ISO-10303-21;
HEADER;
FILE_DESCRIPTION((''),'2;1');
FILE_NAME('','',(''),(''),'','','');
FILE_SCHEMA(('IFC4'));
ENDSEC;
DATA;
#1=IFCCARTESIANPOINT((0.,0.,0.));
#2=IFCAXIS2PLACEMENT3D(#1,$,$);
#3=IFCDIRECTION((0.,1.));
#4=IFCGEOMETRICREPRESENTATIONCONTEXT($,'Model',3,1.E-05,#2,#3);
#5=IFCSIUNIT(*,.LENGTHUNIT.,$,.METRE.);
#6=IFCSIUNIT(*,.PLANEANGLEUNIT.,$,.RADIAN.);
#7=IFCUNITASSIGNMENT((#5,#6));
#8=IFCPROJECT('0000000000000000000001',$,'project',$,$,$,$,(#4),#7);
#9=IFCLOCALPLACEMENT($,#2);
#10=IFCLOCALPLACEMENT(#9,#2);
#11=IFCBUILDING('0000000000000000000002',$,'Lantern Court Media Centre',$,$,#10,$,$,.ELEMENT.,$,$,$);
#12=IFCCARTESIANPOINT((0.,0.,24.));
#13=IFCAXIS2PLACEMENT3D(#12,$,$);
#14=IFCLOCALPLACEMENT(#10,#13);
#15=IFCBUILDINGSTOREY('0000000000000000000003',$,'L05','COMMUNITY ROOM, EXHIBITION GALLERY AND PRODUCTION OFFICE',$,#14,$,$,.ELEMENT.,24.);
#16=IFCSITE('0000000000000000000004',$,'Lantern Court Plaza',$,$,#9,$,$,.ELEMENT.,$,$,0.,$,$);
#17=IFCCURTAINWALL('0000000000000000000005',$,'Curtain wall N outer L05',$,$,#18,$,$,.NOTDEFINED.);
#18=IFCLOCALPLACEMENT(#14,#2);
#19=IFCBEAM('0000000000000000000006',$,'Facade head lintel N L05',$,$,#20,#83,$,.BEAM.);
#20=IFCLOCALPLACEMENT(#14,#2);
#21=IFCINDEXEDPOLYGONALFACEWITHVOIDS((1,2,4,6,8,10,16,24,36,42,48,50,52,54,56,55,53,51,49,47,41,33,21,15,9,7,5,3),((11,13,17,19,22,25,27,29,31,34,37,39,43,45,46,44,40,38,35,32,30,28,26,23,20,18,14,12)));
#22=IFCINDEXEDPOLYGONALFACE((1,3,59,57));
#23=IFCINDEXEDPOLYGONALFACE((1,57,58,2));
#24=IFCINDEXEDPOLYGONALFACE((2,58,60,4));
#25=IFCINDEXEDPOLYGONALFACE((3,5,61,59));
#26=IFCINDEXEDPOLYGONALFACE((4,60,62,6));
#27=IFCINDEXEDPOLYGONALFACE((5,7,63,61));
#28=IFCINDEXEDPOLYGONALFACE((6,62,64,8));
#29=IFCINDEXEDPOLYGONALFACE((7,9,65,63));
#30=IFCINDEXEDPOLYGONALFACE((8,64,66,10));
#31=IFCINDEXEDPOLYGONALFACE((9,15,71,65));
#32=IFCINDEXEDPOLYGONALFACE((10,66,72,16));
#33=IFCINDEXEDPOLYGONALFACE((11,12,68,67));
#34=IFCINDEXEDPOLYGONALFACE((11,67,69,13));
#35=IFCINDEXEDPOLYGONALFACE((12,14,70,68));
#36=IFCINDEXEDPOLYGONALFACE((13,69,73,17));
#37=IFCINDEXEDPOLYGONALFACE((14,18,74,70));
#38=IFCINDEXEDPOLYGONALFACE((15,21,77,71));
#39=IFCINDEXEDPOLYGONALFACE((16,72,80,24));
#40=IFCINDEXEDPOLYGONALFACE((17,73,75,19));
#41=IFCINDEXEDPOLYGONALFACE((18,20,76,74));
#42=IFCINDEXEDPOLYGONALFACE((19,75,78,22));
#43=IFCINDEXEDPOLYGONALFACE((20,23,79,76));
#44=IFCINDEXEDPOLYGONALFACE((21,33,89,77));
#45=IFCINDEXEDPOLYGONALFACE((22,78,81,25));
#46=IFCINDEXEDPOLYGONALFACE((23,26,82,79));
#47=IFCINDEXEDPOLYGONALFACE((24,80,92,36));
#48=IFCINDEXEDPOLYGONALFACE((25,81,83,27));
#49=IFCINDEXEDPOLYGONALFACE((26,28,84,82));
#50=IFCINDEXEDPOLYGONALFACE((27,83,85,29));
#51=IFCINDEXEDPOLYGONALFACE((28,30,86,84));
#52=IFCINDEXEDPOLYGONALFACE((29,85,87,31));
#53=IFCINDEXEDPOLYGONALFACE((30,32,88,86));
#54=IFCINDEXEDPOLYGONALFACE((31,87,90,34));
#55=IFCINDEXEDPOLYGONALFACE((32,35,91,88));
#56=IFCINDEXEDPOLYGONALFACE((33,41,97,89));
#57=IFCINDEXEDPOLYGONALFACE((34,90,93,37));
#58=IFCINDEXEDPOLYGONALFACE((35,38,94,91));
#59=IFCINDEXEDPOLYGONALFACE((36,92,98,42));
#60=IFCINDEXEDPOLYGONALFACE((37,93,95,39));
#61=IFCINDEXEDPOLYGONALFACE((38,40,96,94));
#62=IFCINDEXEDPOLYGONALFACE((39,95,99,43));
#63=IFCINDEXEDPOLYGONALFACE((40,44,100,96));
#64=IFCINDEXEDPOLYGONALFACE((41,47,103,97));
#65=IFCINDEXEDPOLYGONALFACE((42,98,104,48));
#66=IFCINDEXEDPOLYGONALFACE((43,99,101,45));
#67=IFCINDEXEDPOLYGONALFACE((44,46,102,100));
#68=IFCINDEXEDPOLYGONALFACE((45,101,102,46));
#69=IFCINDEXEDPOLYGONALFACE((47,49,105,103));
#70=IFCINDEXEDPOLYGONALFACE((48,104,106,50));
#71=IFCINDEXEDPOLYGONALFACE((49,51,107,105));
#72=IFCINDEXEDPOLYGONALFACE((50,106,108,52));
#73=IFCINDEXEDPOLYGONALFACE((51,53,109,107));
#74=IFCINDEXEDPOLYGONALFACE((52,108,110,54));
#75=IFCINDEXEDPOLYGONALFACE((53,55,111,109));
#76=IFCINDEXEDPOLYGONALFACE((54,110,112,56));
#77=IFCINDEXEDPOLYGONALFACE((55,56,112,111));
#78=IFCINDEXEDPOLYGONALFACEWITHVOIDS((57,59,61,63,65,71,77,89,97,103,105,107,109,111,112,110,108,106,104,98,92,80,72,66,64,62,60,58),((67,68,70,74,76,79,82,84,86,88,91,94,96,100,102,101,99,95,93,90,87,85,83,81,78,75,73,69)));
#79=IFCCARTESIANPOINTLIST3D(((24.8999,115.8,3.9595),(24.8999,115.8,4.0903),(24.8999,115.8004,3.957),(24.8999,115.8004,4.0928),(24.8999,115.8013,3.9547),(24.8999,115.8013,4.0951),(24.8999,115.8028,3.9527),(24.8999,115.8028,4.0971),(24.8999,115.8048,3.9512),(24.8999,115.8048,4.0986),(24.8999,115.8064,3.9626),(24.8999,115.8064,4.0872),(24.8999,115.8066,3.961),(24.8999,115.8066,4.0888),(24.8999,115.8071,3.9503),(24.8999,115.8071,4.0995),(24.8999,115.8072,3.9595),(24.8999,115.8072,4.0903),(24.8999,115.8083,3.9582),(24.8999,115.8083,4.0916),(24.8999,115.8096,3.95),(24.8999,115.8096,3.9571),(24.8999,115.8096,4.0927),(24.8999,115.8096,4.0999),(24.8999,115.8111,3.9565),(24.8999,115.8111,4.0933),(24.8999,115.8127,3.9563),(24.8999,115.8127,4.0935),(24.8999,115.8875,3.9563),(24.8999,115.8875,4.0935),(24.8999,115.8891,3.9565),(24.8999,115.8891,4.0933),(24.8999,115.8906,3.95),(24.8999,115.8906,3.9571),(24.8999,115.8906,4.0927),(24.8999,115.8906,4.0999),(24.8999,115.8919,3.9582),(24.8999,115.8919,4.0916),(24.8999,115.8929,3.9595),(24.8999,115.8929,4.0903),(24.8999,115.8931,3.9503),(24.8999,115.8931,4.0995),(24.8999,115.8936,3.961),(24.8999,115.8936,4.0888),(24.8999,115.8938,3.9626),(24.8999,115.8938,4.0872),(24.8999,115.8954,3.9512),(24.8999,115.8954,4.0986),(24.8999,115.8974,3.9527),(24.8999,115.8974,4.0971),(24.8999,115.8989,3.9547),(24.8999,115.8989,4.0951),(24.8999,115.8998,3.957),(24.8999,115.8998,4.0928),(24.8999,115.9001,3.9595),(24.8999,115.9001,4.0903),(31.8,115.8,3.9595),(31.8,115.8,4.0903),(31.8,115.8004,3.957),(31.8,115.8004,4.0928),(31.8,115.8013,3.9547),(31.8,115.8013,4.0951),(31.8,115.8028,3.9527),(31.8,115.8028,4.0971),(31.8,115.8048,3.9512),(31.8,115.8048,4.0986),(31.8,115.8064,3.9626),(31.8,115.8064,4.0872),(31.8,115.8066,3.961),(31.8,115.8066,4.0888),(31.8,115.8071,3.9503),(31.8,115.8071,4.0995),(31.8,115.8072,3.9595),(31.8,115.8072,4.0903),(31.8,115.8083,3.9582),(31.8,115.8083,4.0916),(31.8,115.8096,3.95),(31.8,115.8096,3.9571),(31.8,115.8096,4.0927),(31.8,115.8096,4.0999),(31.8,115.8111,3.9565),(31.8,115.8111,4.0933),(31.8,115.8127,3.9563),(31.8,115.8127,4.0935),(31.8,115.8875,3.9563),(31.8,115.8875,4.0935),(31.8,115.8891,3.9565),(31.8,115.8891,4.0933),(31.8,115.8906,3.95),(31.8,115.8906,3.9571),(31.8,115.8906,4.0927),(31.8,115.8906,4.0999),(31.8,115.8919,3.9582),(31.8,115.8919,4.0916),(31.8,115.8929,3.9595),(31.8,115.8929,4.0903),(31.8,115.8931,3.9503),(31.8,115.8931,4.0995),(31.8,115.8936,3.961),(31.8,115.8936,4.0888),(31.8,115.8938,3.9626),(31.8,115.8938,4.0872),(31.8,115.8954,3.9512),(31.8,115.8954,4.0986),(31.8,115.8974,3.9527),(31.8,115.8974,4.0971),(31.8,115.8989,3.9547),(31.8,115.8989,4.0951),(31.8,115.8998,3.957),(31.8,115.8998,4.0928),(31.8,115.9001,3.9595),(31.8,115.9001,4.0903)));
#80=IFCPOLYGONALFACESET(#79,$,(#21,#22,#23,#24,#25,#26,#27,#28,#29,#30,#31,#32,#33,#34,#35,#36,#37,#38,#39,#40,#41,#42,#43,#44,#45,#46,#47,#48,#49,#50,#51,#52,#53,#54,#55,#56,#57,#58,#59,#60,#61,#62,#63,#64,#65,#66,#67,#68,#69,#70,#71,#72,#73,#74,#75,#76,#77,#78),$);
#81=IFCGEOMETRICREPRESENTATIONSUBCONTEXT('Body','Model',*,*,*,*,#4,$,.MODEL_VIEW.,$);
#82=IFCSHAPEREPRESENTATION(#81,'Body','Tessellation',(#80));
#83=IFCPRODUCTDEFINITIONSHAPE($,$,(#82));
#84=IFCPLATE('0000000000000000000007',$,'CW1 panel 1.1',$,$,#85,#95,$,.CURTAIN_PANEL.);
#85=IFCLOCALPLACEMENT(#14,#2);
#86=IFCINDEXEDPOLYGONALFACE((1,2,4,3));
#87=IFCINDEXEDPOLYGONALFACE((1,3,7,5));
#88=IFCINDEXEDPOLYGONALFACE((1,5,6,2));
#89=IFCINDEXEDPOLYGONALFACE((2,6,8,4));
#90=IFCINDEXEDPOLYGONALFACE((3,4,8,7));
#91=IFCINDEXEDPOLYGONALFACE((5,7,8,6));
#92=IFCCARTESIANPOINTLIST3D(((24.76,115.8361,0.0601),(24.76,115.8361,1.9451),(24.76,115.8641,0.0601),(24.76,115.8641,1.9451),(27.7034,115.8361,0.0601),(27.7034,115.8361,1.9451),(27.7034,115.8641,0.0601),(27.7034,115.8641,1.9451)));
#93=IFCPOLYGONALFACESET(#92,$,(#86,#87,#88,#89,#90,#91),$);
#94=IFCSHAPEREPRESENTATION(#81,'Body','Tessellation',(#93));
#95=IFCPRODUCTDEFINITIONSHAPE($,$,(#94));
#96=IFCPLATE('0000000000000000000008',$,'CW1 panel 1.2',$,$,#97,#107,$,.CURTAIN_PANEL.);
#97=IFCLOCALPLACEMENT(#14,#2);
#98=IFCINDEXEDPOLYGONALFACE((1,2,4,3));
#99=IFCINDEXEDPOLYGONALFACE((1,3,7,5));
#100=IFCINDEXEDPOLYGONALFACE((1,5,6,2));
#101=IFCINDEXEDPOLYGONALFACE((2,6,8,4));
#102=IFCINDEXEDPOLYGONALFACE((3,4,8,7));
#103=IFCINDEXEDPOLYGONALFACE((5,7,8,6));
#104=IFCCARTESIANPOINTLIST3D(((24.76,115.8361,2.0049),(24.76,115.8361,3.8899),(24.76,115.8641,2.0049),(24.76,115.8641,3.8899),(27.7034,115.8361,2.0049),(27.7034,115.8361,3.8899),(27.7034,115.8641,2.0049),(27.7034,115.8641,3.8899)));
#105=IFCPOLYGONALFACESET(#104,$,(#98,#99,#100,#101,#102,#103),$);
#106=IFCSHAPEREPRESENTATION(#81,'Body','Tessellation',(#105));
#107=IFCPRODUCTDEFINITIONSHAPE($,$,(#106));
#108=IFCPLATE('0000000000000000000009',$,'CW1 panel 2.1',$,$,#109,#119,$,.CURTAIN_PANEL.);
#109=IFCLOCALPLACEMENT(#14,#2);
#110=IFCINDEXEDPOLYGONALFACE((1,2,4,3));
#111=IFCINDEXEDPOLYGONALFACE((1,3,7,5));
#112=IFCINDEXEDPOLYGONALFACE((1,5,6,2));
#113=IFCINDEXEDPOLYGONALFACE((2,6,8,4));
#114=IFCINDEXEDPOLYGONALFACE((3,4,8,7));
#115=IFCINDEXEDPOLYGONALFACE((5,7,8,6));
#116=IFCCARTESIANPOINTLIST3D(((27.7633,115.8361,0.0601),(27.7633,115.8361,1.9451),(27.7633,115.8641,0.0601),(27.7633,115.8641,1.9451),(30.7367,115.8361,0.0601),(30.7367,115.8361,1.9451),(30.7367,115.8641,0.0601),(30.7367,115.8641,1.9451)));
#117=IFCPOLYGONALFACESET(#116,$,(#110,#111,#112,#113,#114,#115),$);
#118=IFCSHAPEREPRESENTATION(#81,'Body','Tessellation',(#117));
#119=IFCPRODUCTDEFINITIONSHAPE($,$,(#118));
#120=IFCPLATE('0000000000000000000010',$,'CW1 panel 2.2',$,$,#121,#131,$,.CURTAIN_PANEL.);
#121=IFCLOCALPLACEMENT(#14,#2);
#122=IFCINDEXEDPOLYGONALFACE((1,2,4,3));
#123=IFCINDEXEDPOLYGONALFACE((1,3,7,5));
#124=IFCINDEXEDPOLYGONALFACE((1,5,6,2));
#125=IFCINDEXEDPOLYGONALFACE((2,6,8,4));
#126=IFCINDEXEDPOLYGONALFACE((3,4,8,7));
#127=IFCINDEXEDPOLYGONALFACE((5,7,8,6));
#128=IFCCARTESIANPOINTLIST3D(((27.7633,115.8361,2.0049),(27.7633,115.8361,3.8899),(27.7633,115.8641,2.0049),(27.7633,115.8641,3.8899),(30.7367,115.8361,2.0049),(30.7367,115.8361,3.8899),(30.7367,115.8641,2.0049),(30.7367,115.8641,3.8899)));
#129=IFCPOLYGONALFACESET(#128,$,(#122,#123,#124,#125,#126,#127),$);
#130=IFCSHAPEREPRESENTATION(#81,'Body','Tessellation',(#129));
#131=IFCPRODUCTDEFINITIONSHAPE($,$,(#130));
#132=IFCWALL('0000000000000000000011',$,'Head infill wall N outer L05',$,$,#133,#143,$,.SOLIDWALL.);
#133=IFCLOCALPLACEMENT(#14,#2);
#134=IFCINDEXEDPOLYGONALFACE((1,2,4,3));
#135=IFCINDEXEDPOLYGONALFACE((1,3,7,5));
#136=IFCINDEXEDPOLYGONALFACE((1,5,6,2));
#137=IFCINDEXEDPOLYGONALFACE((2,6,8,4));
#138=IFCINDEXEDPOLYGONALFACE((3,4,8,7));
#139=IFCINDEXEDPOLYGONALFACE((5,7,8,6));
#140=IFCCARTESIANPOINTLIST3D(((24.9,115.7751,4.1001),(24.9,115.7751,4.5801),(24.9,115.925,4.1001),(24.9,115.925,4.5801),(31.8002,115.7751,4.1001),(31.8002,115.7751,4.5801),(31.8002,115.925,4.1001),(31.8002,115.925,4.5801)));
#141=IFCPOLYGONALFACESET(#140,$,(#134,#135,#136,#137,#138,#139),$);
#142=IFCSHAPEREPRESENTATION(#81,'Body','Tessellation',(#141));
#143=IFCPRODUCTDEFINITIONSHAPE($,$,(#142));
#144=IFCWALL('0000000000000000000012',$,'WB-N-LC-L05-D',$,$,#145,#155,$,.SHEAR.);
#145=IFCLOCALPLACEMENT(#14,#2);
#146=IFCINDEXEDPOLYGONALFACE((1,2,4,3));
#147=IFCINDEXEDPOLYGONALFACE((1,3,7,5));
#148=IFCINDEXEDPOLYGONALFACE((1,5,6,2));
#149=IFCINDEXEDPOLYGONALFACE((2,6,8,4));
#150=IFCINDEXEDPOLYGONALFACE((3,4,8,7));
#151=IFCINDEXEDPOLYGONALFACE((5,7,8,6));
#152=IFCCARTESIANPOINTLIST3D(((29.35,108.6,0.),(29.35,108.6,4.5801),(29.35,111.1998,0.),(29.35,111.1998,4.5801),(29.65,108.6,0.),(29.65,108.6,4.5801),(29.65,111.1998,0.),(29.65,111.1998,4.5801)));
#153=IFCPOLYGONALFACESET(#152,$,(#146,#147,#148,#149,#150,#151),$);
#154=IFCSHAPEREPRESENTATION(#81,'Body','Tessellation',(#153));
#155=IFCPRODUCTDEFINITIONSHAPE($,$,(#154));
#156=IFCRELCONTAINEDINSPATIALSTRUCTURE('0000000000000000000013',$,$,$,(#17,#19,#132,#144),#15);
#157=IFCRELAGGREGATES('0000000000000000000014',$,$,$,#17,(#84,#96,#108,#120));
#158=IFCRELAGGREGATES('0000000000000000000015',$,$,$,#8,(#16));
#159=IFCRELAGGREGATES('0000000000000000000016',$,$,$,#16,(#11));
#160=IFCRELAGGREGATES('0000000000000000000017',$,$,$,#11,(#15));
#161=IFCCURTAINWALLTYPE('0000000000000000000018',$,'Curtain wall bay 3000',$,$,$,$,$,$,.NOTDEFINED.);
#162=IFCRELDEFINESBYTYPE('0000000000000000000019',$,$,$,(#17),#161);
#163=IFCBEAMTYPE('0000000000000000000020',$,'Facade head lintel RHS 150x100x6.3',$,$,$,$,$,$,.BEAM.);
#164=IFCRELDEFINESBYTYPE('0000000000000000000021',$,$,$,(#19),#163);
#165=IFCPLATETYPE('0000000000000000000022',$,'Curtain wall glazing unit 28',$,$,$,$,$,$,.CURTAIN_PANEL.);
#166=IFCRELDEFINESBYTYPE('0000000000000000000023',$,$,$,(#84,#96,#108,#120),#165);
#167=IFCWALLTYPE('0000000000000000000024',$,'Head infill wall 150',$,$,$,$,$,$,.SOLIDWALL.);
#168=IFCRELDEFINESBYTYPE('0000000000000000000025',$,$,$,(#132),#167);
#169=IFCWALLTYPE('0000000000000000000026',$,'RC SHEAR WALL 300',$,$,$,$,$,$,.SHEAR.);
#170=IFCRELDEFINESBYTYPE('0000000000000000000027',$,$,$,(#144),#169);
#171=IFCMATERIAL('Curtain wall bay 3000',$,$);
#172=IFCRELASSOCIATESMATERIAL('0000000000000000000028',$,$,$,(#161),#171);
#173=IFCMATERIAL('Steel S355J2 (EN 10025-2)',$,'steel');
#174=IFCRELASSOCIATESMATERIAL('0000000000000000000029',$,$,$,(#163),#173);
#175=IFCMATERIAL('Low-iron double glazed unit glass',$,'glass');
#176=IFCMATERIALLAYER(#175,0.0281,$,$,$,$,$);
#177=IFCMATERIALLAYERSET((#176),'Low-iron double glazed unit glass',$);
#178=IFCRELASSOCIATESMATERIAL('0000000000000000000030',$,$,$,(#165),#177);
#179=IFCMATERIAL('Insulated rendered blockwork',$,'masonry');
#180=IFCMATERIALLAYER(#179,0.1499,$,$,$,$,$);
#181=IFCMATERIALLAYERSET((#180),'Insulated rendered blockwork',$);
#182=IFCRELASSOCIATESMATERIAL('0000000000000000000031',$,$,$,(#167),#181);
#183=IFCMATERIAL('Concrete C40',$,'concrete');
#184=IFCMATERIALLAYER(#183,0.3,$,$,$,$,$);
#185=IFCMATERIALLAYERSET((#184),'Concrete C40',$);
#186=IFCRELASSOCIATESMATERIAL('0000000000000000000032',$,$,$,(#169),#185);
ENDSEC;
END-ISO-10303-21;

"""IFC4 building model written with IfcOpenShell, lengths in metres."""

from ifc_helpers import new_model, si_unit, direction, frame, frame_2d, origin, origin_2d, place, context, subcontext, project, spatial, rectangle, hollow_rectangle, extrude, material, layer, layer_set, material_profile, profile_set, type_object, element, aggregate, save


model = new_model("IFC4")

# Units and contexts
model_context = context("Model", 3, precision=1e-05, world=origin(), true_north=direction((0.0, 1.0)))
body_context = subcontext(model_context, "Body", "Model", "MODEL_VIEW")
ifc_project = project(units=[si_unit("LENGTHUNIT", "METRE"), si_unit("PLANEANGLEUNIT", "RADIAN")], contexts=[model_context])

# Site, building, storey
site_placement = place(None, origin())
site = spatial("IfcSite", under=ifc_project, at=site_placement, Name="Lantern Court Plaza", CompositionType="ELEMENT", RefElevation=0.0)
building_placement = place(site_placement, origin())
building = spatial("IfcBuilding", under=site, at=building_placement, Name="Lantern Court Media Centre", CompositionType="ELEMENT")
storey_placement = place(building_placement, frame((0.0, 0.0, 24.0)))
storey = spatial("IfcBuildingStorey", under=building, at=storey_placement, Name="L05", Description="COMMUNITY ROOM, EXHIBITION GALLERY AND PRODUCTION OFFICE", CompositionType="ELEMENT", Elevation=24.0)

# Curtain wall
ifc_material_1 = material(Name="Curtain wall bay 3000")
curtain_wall_type = type_object("IfcCurtainWallType", Name="Curtain wall bay 3000", PredefinedType="NOTDEFINED", material=ifc_material_1)
curtain_wall_placement = place(storey_placement, origin())
curtain_wall = element("IfcCurtainWall", 1, at=curtain_wall_placement, inside=storey, type_object=curtain_wall_type, Name="Curtain wall N outer L05", PredefinedType="NOTDEFINED")

# Beam
ifc_material_2 = material(Name="Steel S355J2 (EN 10025-2)", Category="steel")
ifc_material_profile_1 = material_profile(ifc_material_2, hollow_rectangle(XDim=0.1001, YDim=0.1499, WallThickness=0.0063, InnerFilletRadius=0.0063, OuterFilletRadius=0.0095, at=origin_2d()), Name="Facade head lintel RHS 150x100x6.3")
ifc_profile_set_1 = profile_set([ifc_material_profile_1], Name="Steel S355J2 (EN 10025-2)")
beam_type = type_object("IfcBeamType", Name="Facade head lintel RHS 150x100x6.3", PredefinedType="BEAM", material=ifc_profile_set_1)
beam_placement = place(storey_placement, frame((24.8999, 115.8501, 4.0249), z_axis=(1.0, 0.0, 0.0), x_axis=(0.0, 1.0, 0.0)))
element("IfcBeam", 2, at=beam_placement, inside=storey, type_object=beam_type, Name="Facade head lintel N L05", PredefinedType="BEAM", context=body_context, shape_type="SweptSolid", body=[
    extrude(hollow_rectangle(XDim=0.1001, YDim=0.1499, WallThickness=0.0063, InnerFilletRadius=0.0063, OuterFilletRadius=0.0095, at=origin_2d()), origin(), (0.0, 0.0, 1.0), 6.9001),
])

# Plates
ifc_material_3 = material(Name="Low-iron double glazed unit glass", Category="glass")
ifc_layer_1 = layer(ifc_material_3, 0.0281)
ifc_layer_set_1 = layer_set([ifc_layer_1], Name="Low-iron double glazed unit glass")
plate_type = type_object("IfcPlateType", Name="Curtain wall glazing unit 28", PredefinedType="CURTAIN_PANEL", material=ifc_layer_set_1)
plate_1_placement = place(storey_placement, frame((26.2317, 115.8501, 0.0601), z_axis=(0.0, 0.0, 1.0), x_axis=(1.0, 0.0, 0.0)))
plate_1 = element("IfcPlate", 3, at=plate_1_placement, type_object=plate_type, Name="CW1 panel 1.1", PredefinedType="CURTAIN_PANEL", context=body_context, shape_type="SweptSolid", body=[
    extrude(rectangle(XDim=2.9434, YDim=0.0281, at=origin_2d()), origin(), (0.0, 0.0, 1.0), 1.885),
])
plate_2_placement = place(storey_placement, frame((26.2317, 115.8501, 2.0049), z_axis=(0.0, 0.0, 1.0), x_axis=(1.0, 0.0, 0.0)))
plate_2 = element("IfcPlate", 4, at=plate_2_placement, type_object=plate_type, Name="CW1 panel 1.2", PredefinedType="CURTAIN_PANEL", context=body_context, shape_type="SweptSolid", body=[
    extrude(rectangle(XDim=2.9434, YDim=0.0281, at=origin_2d()), origin(), (0.0, 0.0, 1.0), 1.885),
])
plate_3_placement = place(storey_placement, frame((29.25, 115.8501, 0.0601), z_axis=(0.0, 0.0, 1.0), x_axis=(1.0, 0.0, 0.0)))
plate_3 = element("IfcPlate", 5, at=plate_3_placement, type_object=plate_type, Name="CW1 panel 2.1", PredefinedType="CURTAIN_PANEL", context=body_context, shape_type="SweptSolid", body=[
    extrude(rectangle(XDim=2.9734, YDim=0.0281, at=origin_2d()), origin(), (0.0, 0.0, 1.0), 1.885),
])
plate_4_placement = place(storey_placement, frame((29.25, 115.8501, 2.0049), z_axis=(0.0, 0.0, 1.0), x_axis=(1.0, 0.0, 0.0)))
plate_4 = element("IfcPlate", 6, at=plate_4_placement, type_object=plate_type, Name="CW1 panel 2.2", PredefinedType="CURTAIN_PANEL", context=body_context, shape_type="SweptSolid", body=[
    extrude(rectangle(XDim=2.9734, YDim=0.0281, at=origin_2d()), origin(), (0.0, 0.0, 1.0), 1.885),
])
aggregate(curtain_wall, [plate_1, plate_2, plate_3, plate_4])

# Walls
ifc_material_4 = material(Name="Insulated rendered blockwork", Category="masonry")
ifc_layer_2 = layer(ifc_material_4, 0.1499)
ifc_layer_set_2 = layer_set([ifc_layer_2], Name="Insulated rendered blockwork")
wall_type_1 = type_object("IfcWallType", Name="Head infill wall 150", PredefinedType="SOLIDWALL", material=ifc_layer_set_2)
wall_1_placement = place(storey_placement, frame((24.8999, 115.8501, 4.1001), z_axis=(0.0, 0.0, 1.0), x_axis=(1.0, 0.0, 0.0)))
element("IfcWall", 7, at=wall_1_placement, inside=storey, type_object=wall_type_1, Name="Head infill wall N outer L05", PredefinedType="SOLIDWALL", context=body_context, shape_type="SweptSolid", body=[
    extrude(rectangle(XDim=6.9001, YDim=0.1499, at=frame_2d((3.4502, 0.0))), origin(), (0.0, 0.0, 1.0), 0.48),
])
ifc_material_5 = material(Name="Concrete C40", Category="concrete")
ifc_layer_3 = layer(ifc_material_5, 0.3)
ifc_layer_set_3 = layer_set([ifc_layer_3], Name="Concrete C40")
wall_type_2 = type_object("IfcWallType", Name="RC SHEAR WALL 300", PredefinedType="SHEAR", material=ifc_layer_set_3)
wall_2_placement = place(storey_placement, frame((29.5, 108.6001, 0.0), z_axis=(0.0, 0.0, 1.0), x_axis=(0.0, 1.0, 0.0)))
element("IfcWall", 8, at=wall_2_placement, inside=storey, type_object=wall_type_2, Name="WB-N-LC-L05-D", PredefinedType="SHEAR", context=body_context, shape_type="SweptSolid", body=[
    extrude(rectangle(XDim=2.5999, YDim=0.3, at=frame_2d((1.2998, 0.0))), origin(), (0.0, 0.0, 1.0), 4.5801),
])

save(model, "model.ifc")
